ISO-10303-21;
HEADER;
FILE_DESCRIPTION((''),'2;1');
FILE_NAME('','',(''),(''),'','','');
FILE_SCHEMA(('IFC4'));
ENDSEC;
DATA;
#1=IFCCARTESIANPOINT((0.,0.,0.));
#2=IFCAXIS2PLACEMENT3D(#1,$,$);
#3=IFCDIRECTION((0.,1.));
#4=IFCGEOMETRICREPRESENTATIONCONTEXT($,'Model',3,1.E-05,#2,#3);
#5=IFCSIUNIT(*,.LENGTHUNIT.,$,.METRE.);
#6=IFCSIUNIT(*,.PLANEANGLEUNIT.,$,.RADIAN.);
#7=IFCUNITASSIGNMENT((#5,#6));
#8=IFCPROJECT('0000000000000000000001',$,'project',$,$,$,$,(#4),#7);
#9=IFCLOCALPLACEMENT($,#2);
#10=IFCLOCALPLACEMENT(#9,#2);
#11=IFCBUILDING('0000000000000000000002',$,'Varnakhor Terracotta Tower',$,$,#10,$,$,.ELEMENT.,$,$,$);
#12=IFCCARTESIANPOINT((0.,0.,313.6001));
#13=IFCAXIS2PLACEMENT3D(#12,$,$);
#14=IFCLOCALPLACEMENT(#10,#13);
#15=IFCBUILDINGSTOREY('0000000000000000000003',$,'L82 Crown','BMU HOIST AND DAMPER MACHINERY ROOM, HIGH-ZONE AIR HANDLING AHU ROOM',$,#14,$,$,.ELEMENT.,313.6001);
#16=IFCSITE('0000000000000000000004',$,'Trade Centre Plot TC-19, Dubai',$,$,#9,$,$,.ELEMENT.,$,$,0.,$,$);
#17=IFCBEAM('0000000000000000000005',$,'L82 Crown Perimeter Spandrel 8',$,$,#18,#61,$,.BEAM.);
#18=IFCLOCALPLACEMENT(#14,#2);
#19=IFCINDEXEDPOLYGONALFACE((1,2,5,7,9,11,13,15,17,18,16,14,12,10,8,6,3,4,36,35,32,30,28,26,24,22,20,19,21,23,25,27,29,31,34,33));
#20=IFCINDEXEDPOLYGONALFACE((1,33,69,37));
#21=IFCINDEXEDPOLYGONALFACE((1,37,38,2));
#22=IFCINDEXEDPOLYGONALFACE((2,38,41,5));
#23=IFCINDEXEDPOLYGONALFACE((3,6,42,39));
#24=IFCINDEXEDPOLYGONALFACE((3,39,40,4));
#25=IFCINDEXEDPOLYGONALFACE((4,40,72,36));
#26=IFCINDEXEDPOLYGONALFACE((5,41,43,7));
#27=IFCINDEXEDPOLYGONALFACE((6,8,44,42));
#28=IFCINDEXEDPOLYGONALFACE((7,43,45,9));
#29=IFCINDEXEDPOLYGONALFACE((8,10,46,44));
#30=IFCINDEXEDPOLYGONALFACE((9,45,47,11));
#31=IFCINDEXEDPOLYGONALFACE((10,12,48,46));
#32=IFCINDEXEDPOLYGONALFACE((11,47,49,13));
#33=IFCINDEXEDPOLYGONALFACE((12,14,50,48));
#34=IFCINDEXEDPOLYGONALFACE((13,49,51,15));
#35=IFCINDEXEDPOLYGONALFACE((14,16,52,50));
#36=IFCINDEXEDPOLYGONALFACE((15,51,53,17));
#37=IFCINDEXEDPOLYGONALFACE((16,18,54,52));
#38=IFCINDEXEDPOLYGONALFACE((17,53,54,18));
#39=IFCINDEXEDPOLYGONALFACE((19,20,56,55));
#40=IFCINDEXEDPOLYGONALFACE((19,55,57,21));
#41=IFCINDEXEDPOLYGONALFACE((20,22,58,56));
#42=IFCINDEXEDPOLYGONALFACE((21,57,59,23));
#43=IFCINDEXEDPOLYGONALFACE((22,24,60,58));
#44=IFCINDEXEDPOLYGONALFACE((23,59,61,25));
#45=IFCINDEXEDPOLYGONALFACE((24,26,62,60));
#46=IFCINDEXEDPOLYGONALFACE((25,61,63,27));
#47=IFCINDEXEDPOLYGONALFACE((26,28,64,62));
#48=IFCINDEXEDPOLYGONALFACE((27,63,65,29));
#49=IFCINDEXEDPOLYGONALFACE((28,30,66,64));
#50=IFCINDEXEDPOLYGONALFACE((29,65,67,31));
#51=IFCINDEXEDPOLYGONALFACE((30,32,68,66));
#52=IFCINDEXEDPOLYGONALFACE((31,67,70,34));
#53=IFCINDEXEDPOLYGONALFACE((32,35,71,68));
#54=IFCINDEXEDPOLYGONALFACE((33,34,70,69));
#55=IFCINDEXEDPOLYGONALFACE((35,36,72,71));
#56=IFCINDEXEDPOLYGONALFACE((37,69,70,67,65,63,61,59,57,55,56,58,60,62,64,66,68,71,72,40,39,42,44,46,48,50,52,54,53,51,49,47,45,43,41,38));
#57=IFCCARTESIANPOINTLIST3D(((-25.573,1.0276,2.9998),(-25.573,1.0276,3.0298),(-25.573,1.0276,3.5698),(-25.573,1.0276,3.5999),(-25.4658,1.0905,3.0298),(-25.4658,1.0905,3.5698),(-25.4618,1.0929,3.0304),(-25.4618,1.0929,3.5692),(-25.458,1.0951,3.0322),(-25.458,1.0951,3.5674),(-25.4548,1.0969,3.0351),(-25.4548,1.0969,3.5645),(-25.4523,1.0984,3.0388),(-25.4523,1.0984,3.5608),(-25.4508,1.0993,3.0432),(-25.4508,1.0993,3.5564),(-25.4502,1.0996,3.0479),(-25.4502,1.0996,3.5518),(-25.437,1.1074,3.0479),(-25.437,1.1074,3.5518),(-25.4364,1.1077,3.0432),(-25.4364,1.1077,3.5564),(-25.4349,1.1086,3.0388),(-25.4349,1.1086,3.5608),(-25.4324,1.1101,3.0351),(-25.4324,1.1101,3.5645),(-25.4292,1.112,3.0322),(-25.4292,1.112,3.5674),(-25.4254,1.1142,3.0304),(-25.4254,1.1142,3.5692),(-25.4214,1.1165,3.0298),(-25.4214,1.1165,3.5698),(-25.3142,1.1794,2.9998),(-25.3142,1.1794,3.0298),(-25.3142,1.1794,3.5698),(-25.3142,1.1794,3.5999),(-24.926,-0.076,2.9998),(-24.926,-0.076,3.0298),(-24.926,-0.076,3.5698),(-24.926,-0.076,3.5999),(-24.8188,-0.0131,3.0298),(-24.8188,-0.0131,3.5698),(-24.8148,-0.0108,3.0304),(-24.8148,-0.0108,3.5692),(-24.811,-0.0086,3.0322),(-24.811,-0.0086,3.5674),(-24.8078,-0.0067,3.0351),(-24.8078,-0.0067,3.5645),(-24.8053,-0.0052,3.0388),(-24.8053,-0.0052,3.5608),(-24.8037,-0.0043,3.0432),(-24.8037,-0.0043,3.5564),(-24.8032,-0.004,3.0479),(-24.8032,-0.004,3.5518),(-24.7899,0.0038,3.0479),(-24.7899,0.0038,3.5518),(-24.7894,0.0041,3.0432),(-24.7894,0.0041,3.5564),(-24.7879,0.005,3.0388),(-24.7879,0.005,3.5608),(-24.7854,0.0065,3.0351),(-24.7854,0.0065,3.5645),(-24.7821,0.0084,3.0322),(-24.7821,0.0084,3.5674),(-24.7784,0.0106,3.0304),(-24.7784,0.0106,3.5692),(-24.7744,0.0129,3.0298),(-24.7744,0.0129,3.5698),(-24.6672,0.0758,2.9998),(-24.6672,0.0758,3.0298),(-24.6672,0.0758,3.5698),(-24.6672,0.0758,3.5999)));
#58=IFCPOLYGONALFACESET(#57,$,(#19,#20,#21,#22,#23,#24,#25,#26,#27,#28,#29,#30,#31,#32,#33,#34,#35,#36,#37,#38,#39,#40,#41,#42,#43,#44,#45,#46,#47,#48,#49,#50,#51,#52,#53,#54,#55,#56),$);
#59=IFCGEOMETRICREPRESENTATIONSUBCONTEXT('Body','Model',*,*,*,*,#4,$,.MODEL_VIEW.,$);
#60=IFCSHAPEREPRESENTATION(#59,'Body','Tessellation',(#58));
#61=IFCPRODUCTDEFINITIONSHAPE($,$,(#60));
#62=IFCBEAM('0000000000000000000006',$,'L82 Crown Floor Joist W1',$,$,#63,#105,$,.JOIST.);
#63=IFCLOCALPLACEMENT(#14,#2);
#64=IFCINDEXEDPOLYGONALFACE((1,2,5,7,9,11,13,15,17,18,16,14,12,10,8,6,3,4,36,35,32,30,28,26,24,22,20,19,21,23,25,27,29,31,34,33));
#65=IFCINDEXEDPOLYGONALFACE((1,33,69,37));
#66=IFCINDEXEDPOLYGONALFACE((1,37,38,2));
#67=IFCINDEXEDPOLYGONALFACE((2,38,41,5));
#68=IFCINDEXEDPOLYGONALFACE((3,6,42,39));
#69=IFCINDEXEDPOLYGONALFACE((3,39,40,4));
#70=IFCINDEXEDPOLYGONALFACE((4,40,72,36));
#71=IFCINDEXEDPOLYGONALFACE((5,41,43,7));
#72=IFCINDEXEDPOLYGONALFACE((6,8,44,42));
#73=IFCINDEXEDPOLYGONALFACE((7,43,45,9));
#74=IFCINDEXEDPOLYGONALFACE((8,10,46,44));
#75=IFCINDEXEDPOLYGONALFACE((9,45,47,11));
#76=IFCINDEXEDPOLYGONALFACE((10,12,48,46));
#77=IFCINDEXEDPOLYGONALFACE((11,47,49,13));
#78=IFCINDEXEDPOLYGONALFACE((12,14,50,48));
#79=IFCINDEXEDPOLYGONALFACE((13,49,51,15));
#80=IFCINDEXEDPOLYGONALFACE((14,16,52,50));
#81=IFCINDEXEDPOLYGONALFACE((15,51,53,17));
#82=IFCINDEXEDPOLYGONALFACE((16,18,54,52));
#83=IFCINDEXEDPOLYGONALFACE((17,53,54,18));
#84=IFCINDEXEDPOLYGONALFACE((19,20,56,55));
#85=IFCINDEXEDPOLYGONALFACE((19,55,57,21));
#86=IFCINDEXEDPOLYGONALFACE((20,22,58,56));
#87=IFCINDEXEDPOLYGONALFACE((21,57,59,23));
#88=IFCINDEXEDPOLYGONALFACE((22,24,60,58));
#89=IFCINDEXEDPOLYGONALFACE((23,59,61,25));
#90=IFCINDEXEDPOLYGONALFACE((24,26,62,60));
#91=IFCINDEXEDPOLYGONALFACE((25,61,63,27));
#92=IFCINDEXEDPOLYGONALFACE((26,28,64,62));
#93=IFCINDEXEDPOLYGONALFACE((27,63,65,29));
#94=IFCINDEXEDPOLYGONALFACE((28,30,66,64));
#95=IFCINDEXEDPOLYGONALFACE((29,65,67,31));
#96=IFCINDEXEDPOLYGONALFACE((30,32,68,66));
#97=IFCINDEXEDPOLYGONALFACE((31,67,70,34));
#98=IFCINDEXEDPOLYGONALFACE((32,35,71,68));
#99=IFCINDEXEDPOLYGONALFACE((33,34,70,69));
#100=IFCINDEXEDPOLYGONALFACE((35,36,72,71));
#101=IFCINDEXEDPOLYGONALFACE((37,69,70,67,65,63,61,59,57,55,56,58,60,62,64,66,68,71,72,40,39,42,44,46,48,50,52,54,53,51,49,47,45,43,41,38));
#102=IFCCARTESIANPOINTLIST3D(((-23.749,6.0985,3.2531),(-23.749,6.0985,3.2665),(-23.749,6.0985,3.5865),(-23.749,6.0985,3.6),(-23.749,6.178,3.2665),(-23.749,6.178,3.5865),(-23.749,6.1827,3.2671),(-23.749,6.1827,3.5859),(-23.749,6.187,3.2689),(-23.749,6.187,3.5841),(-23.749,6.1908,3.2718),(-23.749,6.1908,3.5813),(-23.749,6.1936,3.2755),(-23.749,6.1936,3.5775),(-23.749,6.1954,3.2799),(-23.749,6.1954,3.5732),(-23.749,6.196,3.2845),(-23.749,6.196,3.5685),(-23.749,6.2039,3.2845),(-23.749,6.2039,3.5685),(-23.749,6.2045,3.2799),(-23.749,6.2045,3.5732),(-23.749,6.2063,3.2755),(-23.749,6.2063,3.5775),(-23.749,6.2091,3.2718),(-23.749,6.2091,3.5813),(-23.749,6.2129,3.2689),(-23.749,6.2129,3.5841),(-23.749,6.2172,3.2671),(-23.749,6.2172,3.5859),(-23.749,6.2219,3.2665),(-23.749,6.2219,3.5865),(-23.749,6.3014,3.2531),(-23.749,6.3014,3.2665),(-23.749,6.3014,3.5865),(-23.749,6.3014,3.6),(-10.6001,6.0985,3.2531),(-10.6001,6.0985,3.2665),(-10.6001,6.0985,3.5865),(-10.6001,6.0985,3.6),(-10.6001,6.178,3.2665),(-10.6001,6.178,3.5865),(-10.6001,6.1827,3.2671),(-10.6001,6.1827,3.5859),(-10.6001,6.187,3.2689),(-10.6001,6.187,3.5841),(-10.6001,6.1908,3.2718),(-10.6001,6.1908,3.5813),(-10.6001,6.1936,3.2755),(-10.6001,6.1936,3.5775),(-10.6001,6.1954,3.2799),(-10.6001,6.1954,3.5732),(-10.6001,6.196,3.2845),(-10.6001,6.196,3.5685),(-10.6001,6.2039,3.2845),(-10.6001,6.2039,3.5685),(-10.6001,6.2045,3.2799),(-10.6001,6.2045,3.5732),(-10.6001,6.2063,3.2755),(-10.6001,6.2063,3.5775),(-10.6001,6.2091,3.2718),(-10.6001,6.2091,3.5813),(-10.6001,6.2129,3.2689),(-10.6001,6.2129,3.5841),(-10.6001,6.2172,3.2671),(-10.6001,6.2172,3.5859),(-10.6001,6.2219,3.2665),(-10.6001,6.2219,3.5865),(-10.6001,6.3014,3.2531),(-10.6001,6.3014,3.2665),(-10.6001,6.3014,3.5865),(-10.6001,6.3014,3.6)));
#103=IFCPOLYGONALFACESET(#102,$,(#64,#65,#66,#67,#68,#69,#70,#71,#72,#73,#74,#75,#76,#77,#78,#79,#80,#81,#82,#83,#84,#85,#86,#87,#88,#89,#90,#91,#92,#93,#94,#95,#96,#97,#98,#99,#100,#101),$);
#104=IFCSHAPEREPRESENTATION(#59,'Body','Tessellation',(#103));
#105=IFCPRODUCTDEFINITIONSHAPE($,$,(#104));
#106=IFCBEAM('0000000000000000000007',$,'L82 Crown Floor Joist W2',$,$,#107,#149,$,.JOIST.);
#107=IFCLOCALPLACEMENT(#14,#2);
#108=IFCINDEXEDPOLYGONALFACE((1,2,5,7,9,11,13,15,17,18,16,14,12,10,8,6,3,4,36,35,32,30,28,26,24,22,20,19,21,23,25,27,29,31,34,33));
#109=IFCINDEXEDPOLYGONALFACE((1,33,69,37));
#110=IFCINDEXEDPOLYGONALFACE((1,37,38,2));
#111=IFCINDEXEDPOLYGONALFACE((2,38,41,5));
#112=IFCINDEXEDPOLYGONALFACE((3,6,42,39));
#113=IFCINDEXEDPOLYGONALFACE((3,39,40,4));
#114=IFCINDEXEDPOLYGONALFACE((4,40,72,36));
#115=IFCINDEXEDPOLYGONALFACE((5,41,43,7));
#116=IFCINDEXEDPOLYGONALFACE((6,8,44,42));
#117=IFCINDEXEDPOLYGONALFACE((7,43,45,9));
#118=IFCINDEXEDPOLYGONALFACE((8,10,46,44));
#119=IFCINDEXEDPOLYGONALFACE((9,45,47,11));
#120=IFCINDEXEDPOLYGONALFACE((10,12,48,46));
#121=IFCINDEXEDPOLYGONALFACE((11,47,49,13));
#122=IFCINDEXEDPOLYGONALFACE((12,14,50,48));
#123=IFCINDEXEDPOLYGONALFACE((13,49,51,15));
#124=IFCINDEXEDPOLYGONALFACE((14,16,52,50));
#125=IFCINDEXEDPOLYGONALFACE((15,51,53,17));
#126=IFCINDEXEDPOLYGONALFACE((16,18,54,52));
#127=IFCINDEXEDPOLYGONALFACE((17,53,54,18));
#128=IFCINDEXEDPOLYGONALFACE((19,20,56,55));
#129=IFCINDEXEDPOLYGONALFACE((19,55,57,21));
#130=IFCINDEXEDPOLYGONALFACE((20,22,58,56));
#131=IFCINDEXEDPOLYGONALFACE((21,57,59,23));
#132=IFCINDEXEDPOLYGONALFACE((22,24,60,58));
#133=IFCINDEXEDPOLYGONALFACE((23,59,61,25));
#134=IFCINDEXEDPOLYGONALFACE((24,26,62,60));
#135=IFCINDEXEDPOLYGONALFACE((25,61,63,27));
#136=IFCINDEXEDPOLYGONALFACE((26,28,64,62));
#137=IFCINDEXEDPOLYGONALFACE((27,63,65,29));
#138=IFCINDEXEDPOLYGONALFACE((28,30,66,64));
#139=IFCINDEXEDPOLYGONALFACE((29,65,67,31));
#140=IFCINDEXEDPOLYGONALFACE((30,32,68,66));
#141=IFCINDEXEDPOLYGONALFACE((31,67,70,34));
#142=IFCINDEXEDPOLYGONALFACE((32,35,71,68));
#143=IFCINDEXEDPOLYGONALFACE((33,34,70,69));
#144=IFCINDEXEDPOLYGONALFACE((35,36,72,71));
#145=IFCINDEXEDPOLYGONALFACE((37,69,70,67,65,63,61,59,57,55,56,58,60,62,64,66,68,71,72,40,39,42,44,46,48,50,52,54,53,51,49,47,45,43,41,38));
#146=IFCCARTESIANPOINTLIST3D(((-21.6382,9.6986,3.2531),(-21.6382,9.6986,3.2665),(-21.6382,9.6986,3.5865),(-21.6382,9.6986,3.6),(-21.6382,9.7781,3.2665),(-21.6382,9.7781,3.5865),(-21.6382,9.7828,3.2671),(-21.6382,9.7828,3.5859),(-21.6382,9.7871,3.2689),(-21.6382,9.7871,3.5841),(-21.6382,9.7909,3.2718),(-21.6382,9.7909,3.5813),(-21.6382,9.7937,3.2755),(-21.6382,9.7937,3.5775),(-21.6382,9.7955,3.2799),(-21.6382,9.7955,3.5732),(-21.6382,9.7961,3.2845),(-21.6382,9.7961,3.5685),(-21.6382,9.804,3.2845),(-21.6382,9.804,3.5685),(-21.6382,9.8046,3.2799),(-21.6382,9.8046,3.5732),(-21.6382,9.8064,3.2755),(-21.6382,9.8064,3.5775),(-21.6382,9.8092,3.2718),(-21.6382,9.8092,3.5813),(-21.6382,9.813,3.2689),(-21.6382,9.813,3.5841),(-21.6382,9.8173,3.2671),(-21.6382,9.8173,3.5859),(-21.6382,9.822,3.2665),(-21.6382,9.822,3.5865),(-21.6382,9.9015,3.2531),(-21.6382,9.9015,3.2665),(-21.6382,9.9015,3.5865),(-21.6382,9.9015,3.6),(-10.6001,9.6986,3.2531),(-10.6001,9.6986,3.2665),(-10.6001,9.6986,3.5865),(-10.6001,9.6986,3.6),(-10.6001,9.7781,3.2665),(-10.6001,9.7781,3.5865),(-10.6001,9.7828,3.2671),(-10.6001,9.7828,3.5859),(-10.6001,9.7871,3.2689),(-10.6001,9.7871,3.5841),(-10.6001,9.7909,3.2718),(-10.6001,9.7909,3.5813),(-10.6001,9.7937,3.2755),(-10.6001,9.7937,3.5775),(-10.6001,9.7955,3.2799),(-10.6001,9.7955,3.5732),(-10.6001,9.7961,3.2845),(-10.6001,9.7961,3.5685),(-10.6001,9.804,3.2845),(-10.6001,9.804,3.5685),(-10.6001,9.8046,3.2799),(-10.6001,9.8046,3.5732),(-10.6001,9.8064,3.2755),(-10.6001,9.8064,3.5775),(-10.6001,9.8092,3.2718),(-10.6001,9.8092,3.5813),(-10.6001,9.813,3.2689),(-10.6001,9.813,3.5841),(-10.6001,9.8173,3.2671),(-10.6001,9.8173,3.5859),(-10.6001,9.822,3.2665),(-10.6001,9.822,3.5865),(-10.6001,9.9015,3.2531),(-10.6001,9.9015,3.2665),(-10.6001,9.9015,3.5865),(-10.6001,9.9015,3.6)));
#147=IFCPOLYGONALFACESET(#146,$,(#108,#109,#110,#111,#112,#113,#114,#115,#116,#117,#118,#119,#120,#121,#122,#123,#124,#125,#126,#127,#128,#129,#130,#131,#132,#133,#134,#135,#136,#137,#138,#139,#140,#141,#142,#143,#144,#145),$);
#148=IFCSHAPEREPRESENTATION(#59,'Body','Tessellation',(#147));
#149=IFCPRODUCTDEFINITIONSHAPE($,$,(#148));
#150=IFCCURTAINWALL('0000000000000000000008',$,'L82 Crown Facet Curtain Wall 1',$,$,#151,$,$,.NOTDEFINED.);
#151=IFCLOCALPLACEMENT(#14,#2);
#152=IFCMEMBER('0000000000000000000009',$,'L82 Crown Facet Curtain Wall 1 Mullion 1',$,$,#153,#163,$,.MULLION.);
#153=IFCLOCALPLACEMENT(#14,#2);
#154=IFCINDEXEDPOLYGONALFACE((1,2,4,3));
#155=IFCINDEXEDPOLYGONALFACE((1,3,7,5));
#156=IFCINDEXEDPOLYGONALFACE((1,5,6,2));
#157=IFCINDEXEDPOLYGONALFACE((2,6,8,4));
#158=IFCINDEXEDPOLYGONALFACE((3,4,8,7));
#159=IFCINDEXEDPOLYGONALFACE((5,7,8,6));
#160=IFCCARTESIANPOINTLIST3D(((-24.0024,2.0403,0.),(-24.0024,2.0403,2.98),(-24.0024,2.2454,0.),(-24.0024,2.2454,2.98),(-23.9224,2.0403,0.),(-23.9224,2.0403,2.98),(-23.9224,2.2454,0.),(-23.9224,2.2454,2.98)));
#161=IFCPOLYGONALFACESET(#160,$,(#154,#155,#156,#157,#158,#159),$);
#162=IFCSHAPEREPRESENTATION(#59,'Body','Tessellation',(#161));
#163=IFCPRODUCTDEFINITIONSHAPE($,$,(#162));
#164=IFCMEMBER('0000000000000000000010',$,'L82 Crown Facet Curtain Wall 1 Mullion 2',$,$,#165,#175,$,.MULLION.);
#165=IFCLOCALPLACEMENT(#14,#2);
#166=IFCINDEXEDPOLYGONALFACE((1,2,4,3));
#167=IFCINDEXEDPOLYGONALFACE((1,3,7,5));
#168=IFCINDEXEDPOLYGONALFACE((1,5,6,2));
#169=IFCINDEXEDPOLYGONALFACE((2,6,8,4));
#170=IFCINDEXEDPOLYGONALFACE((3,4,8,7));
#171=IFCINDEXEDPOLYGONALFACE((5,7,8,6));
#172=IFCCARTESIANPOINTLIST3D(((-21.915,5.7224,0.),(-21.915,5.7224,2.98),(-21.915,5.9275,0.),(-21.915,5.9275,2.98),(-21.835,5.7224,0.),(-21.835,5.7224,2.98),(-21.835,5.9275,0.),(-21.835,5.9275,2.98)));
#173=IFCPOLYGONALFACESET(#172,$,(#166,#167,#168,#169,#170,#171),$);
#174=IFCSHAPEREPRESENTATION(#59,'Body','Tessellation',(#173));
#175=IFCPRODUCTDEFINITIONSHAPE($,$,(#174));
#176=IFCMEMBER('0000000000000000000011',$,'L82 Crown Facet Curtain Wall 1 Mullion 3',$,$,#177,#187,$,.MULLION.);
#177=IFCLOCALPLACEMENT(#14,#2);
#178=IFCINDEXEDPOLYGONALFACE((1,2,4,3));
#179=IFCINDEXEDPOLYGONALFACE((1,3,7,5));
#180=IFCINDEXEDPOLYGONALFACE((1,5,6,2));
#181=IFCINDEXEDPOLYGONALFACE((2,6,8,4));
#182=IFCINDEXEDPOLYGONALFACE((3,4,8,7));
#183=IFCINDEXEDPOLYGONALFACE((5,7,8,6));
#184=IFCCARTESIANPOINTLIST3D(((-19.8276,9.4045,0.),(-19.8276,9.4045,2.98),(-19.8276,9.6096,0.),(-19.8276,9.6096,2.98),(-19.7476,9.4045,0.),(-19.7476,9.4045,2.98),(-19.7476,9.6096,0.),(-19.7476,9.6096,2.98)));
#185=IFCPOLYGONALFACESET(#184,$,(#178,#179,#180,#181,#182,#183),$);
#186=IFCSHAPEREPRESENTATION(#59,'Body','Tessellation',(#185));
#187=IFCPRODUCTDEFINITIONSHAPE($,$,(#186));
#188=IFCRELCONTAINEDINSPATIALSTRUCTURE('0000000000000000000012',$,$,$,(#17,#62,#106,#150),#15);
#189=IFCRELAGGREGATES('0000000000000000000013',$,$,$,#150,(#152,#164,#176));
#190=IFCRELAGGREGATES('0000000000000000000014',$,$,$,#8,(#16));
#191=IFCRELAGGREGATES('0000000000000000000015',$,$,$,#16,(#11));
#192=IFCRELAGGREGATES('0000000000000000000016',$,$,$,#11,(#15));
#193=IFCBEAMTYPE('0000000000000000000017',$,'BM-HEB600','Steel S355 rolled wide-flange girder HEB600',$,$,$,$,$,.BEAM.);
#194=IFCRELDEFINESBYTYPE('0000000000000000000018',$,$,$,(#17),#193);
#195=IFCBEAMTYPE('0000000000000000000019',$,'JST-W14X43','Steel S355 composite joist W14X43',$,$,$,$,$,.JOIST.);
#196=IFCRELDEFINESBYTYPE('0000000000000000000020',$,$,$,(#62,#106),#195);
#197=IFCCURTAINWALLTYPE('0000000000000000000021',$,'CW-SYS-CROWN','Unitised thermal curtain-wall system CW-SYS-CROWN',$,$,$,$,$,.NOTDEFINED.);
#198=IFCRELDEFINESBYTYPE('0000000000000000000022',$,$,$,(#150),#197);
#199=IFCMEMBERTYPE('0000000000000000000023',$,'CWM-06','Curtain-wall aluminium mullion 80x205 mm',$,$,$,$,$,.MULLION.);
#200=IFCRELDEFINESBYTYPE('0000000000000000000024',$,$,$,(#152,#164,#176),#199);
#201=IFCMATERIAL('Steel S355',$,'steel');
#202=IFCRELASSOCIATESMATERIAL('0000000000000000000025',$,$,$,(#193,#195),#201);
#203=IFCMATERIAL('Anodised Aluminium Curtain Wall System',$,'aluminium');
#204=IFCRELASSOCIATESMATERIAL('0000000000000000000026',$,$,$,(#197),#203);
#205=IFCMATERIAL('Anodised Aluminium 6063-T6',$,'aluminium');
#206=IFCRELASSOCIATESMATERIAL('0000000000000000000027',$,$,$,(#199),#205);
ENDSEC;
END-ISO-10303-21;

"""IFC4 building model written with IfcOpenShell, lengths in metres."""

from ifc_helpers import new_model, si_unit, direction, frame, origin, origin_2d, place, context, subcontext, project, spatial, rectangle, i_section, extrude, source, transform, mapped, material, material_profile, profile_set, type_object, type_shapes, element, aggregate, save


model = new_model("IFC4")

# Units and contexts
model_context = context("Model", 3, precision=1e-05, world=origin(), true_north=direction((0.0, 1.0)))
body_context = subcontext(model_context, "Body", "Model", "MODEL_VIEW")
ifc_project = project(units=[si_unit("LENGTHUNIT", "METRE"), si_unit("PLANEANGLEUNIT", "RADIAN")], contexts=[model_context])

# Site, building, storey
site_placement = place(None, origin())
site = spatial("IfcSite", under=ifc_project, at=site_placement, Name="Trade Centre Plot TC-19, Dubai", CompositionType="ELEMENT", RefElevation=0.0)
building_placement = place(site_placement, origin())
building = spatial("IfcBuilding", under=site, at=building_placement, Name="Varnakhor Terracotta Tower", CompositionType="ELEMENT")
storey_placement = place(building_placement, frame((0.0, 0.0, 313.6001)))
storey = spatial("IfcBuildingStorey", under=building, at=storey_placement, Name="L82 Crown", Description="BMU HOIST AND DAMPER MACHINERY ROOM, HIGH-ZONE AIR HANDLING AHU ROOM", CompositionType="ELEMENT", Elevation=313.6001)

# Shared definitions
ifc_material_1 = material(Name="Steel S355", Category="steel")

# Beams
ifc_material_profile_1 = material_profile(ifc_material_1, i_section(OverallWidth=0.3, OverallDepth=0.6001, WebThickness=0.0154, FlangeThickness=0.03, FilletRadius=0.0181, at=origin_2d()), Name="HEB600")
ifc_profile_set_1 = profile_set([ifc_material_profile_1], Name="Steel S355")
beam_type_1 = type_object("IfcBeamType", Name="BM-HEB600", Description="Steel S355 rolled wide-flange girder HEB600", PredefinedType="BEAM", material=ifc_profile_set_1)
shared_shape_1 = source(origin(), body_context, "Body", "SweptSolid", [
    extrude(i_section(OverallWidth=0.3, OverallDepth=0.6001, WebThickness=0.0154, FlangeThickness=0.03, FilletRadius=0.0181, at=origin_2d()), origin(), (0.0, 0.0, 1.0), 1.2793),
])
beam_1_placement = place(storey_placement, frame((-25.4436, 1.1035, 3.2998), z_axis=(0.505768, -0.862669, 0.0), x_axis=(0.862669, 0.505768, 0.0)))
element("IfcBeam", 1, at=beam_1_placement, inside=storey, type_object=beam_type_1, Name="L82 Crown Perimeter Spandrel 8", PredefinedType="BEAM", context=body_context, shape_type="MappedRepresentation", body=[
    mapped(shared_shape_1, transform((0.0, 0.0, 0.0), scale=1.0)),
])
ifc_material_profile_2 = material_profile(ifc_material_1, i_section(OverallWidth=0.2029, OverallDepth=0.3469, WebThickness=0.0078, FlangeThickness=0.0134, FilletRadius=0.0181, at=origin_2d()), Name="W14X43")
ifc_profile_set_2 = profile_set([ifc_material_profile_2], Name="Steel S355")
beam_type_2 = type_object("IfcBeamType", Name="JST-W14X43", Description="Steel S355 composite joist W14X43", PredefinedType="JOIST", material=ifc_profile_set_2)
shared_shape_2 = source(origin(), body_context, "Body", "SweptSolid", [
    extrude(i_section(OverallWidth=0.2029, OverallDepth=0.3469, WebThickness=0.0078, FlangeThickness=0.0134, FilletRadius=0.0181, at=origin_2d()), origin(), (0.0, 0.0, 1.0), 13.1489),
])
beam_2_placement = place(storey_placement, frame((-23.749, 6.2, 3.4265), z_axis=(1.0, 0.0, 0.0), x_axis=(0.0, 1.0, 0.0)))
element("IfcBeam", 2, at=beam_2_placement, inside=storey, type_object=beam_type_2, Name="L82 Crown Floor Joist W1", PredefinedType="JOIST", context=body_context, shape_type="MappedRepresentation", body=[
    mapped(shared_shape_2, transform((0.0, 0.0, 0.0), scale=1.0)),
])
shared_shape_3 = source(origin(), body_context, "Body", "SweptSolid", [
    extrude(i_section(OverallWidth=0.2029, OverallDepth=0.3469, WebThickness=0.0078, FlangeThickness=0.0134, FilletRadius=0.0181, at=origin_2d()), origin(), (0.0, 0.0, 1.0), 11.0381),
])
beam_3_placement = place(storey_placement, frame((-21.6382, 9.8, 3.4265), z_axis=(1.0, 0.0, 0.0), x_axis=(0.0, 1.0, 0.0)))
element("IfcBeam", 3, at=beam_3_placement, inside=storey, type_object=beam_type_2, Name="L82 Crown Floor Joist W2", PredefinedType="JOIST", context=body_context, shape_type="MappedRepresentation", body=[
    mapped(shared_shape_3, transform((0.0, 0.0, 0.0), scale=1.0)),
])

# Curtain wall, members
ifc_material_2 = material(Name="Anodised Aluminium Curtain Wall System", Category="aluminium")
curtain_wall_type = type_object("IfcCurtainWallType", Name="CW-SYS-CROWN", Description="Unitised thermal curtain-wall system CW-SYS-CROWN", PredefinedType="NOTDEFINED", material=ifc_material_2)
curtain_wall_1_placement = place(storey_placement, origin())
curtain_wall_1 = element("IfcCurtainWall", 4, at=curtain_wall_1_placement, inside=storey, type_object=curtain_wall_type, Name="L82 Crown Facet Curtain Wall 1", PredefinedType="NOTDEFINED")
ifc_material_3 = material(Name="Anodised Aluminium 6063-T6", Category="aluminium")
ifc_material_profile_3 = material_profile(ifc_material_3, rectangle(XDim=0.0801, YDim=0.2051, at=origin_2d()), Name="ALU MULLION 80x205")
ifc_profile_set_3 = profile_set([ifc_material_profile_3], Name="Anodised Aluminium 6063-T6")
member_type_1 = type_object("IfcMemberType", Name="CWM-06", Description="Curtain-wall aluminium mullion 80x205 mm", PredefinedType="MULLION", material=ifc_profile_set_3)
shared_shape_4 = source(origin(), body_context, "Body", "SweptSolid", [
    extrude(rectangle(XDim=0.0801, YDim=0.2051, at=origin_2d()), origin(), (0.0, 0.0, 1.0), 2.98),
])
type_shapes(member_type_1, [shared_shape_4])
member_1_placement = place(storey_placement, frame((-23.9624, 2.1428, 0.0), z_axis=(0.0, 0.0, 1.0), x_axis=(1.0, 0.0, 0.0)))
member_1 = element("IfcMember", 5, at=member_1_placement, type_object=member_type_1, Name="L82 Crown Facet Curtain Wall 1 Mullion 1", PredefinedType="MULLION", context=body_context, shape_type="MappedRepresentation", body=[
    mapped(shared_shape_4, transform((0.0, 0.0, 0.0), scale=1.0)),
])
member_2_placement = place(storey_placement, frame((-21.875, 5.825, 0.0), z_axis=(0.0, 0.0, 1.0), x_axis=(1.0, 0.0, 0.0)))
member_2 = element("IfcMember", 6, at=member_2_placement, type_object=member_type_1, Name="L82 Crown Facet Curtain Wall 1 Mullion 2", PredefinedType="MULLION", context=body_context, shape_type="MappedRepresentation", body=[
    mapped(shared_shape_4, transform((0.0, 0.0, 0.0), scale=1.0)),
])
member_3_placement = place(storey_placement, frame((-19.7876, 9.5071, 0.0), z_axis=(0.0, 0.0, 1.0), x_axis=(1.0, 0.0, 0.0)))
member_3 = element("IfcMember", 7, at=member_3_placement, type_object=member_type_1, Name="L82 Crown Facet Curtain Wall 1 Mullion 3", PredefinedType="MULLION", context=body_context, shape_type="MappedRepresentation", body=[
    mapped(shared_shape_4, transform((0.0, 0.0, 0.0), scale=1.0)),
])

aggregate(curtain_wall_1, [member_1, member_2, member_3])

save(model, "model.ifc")
